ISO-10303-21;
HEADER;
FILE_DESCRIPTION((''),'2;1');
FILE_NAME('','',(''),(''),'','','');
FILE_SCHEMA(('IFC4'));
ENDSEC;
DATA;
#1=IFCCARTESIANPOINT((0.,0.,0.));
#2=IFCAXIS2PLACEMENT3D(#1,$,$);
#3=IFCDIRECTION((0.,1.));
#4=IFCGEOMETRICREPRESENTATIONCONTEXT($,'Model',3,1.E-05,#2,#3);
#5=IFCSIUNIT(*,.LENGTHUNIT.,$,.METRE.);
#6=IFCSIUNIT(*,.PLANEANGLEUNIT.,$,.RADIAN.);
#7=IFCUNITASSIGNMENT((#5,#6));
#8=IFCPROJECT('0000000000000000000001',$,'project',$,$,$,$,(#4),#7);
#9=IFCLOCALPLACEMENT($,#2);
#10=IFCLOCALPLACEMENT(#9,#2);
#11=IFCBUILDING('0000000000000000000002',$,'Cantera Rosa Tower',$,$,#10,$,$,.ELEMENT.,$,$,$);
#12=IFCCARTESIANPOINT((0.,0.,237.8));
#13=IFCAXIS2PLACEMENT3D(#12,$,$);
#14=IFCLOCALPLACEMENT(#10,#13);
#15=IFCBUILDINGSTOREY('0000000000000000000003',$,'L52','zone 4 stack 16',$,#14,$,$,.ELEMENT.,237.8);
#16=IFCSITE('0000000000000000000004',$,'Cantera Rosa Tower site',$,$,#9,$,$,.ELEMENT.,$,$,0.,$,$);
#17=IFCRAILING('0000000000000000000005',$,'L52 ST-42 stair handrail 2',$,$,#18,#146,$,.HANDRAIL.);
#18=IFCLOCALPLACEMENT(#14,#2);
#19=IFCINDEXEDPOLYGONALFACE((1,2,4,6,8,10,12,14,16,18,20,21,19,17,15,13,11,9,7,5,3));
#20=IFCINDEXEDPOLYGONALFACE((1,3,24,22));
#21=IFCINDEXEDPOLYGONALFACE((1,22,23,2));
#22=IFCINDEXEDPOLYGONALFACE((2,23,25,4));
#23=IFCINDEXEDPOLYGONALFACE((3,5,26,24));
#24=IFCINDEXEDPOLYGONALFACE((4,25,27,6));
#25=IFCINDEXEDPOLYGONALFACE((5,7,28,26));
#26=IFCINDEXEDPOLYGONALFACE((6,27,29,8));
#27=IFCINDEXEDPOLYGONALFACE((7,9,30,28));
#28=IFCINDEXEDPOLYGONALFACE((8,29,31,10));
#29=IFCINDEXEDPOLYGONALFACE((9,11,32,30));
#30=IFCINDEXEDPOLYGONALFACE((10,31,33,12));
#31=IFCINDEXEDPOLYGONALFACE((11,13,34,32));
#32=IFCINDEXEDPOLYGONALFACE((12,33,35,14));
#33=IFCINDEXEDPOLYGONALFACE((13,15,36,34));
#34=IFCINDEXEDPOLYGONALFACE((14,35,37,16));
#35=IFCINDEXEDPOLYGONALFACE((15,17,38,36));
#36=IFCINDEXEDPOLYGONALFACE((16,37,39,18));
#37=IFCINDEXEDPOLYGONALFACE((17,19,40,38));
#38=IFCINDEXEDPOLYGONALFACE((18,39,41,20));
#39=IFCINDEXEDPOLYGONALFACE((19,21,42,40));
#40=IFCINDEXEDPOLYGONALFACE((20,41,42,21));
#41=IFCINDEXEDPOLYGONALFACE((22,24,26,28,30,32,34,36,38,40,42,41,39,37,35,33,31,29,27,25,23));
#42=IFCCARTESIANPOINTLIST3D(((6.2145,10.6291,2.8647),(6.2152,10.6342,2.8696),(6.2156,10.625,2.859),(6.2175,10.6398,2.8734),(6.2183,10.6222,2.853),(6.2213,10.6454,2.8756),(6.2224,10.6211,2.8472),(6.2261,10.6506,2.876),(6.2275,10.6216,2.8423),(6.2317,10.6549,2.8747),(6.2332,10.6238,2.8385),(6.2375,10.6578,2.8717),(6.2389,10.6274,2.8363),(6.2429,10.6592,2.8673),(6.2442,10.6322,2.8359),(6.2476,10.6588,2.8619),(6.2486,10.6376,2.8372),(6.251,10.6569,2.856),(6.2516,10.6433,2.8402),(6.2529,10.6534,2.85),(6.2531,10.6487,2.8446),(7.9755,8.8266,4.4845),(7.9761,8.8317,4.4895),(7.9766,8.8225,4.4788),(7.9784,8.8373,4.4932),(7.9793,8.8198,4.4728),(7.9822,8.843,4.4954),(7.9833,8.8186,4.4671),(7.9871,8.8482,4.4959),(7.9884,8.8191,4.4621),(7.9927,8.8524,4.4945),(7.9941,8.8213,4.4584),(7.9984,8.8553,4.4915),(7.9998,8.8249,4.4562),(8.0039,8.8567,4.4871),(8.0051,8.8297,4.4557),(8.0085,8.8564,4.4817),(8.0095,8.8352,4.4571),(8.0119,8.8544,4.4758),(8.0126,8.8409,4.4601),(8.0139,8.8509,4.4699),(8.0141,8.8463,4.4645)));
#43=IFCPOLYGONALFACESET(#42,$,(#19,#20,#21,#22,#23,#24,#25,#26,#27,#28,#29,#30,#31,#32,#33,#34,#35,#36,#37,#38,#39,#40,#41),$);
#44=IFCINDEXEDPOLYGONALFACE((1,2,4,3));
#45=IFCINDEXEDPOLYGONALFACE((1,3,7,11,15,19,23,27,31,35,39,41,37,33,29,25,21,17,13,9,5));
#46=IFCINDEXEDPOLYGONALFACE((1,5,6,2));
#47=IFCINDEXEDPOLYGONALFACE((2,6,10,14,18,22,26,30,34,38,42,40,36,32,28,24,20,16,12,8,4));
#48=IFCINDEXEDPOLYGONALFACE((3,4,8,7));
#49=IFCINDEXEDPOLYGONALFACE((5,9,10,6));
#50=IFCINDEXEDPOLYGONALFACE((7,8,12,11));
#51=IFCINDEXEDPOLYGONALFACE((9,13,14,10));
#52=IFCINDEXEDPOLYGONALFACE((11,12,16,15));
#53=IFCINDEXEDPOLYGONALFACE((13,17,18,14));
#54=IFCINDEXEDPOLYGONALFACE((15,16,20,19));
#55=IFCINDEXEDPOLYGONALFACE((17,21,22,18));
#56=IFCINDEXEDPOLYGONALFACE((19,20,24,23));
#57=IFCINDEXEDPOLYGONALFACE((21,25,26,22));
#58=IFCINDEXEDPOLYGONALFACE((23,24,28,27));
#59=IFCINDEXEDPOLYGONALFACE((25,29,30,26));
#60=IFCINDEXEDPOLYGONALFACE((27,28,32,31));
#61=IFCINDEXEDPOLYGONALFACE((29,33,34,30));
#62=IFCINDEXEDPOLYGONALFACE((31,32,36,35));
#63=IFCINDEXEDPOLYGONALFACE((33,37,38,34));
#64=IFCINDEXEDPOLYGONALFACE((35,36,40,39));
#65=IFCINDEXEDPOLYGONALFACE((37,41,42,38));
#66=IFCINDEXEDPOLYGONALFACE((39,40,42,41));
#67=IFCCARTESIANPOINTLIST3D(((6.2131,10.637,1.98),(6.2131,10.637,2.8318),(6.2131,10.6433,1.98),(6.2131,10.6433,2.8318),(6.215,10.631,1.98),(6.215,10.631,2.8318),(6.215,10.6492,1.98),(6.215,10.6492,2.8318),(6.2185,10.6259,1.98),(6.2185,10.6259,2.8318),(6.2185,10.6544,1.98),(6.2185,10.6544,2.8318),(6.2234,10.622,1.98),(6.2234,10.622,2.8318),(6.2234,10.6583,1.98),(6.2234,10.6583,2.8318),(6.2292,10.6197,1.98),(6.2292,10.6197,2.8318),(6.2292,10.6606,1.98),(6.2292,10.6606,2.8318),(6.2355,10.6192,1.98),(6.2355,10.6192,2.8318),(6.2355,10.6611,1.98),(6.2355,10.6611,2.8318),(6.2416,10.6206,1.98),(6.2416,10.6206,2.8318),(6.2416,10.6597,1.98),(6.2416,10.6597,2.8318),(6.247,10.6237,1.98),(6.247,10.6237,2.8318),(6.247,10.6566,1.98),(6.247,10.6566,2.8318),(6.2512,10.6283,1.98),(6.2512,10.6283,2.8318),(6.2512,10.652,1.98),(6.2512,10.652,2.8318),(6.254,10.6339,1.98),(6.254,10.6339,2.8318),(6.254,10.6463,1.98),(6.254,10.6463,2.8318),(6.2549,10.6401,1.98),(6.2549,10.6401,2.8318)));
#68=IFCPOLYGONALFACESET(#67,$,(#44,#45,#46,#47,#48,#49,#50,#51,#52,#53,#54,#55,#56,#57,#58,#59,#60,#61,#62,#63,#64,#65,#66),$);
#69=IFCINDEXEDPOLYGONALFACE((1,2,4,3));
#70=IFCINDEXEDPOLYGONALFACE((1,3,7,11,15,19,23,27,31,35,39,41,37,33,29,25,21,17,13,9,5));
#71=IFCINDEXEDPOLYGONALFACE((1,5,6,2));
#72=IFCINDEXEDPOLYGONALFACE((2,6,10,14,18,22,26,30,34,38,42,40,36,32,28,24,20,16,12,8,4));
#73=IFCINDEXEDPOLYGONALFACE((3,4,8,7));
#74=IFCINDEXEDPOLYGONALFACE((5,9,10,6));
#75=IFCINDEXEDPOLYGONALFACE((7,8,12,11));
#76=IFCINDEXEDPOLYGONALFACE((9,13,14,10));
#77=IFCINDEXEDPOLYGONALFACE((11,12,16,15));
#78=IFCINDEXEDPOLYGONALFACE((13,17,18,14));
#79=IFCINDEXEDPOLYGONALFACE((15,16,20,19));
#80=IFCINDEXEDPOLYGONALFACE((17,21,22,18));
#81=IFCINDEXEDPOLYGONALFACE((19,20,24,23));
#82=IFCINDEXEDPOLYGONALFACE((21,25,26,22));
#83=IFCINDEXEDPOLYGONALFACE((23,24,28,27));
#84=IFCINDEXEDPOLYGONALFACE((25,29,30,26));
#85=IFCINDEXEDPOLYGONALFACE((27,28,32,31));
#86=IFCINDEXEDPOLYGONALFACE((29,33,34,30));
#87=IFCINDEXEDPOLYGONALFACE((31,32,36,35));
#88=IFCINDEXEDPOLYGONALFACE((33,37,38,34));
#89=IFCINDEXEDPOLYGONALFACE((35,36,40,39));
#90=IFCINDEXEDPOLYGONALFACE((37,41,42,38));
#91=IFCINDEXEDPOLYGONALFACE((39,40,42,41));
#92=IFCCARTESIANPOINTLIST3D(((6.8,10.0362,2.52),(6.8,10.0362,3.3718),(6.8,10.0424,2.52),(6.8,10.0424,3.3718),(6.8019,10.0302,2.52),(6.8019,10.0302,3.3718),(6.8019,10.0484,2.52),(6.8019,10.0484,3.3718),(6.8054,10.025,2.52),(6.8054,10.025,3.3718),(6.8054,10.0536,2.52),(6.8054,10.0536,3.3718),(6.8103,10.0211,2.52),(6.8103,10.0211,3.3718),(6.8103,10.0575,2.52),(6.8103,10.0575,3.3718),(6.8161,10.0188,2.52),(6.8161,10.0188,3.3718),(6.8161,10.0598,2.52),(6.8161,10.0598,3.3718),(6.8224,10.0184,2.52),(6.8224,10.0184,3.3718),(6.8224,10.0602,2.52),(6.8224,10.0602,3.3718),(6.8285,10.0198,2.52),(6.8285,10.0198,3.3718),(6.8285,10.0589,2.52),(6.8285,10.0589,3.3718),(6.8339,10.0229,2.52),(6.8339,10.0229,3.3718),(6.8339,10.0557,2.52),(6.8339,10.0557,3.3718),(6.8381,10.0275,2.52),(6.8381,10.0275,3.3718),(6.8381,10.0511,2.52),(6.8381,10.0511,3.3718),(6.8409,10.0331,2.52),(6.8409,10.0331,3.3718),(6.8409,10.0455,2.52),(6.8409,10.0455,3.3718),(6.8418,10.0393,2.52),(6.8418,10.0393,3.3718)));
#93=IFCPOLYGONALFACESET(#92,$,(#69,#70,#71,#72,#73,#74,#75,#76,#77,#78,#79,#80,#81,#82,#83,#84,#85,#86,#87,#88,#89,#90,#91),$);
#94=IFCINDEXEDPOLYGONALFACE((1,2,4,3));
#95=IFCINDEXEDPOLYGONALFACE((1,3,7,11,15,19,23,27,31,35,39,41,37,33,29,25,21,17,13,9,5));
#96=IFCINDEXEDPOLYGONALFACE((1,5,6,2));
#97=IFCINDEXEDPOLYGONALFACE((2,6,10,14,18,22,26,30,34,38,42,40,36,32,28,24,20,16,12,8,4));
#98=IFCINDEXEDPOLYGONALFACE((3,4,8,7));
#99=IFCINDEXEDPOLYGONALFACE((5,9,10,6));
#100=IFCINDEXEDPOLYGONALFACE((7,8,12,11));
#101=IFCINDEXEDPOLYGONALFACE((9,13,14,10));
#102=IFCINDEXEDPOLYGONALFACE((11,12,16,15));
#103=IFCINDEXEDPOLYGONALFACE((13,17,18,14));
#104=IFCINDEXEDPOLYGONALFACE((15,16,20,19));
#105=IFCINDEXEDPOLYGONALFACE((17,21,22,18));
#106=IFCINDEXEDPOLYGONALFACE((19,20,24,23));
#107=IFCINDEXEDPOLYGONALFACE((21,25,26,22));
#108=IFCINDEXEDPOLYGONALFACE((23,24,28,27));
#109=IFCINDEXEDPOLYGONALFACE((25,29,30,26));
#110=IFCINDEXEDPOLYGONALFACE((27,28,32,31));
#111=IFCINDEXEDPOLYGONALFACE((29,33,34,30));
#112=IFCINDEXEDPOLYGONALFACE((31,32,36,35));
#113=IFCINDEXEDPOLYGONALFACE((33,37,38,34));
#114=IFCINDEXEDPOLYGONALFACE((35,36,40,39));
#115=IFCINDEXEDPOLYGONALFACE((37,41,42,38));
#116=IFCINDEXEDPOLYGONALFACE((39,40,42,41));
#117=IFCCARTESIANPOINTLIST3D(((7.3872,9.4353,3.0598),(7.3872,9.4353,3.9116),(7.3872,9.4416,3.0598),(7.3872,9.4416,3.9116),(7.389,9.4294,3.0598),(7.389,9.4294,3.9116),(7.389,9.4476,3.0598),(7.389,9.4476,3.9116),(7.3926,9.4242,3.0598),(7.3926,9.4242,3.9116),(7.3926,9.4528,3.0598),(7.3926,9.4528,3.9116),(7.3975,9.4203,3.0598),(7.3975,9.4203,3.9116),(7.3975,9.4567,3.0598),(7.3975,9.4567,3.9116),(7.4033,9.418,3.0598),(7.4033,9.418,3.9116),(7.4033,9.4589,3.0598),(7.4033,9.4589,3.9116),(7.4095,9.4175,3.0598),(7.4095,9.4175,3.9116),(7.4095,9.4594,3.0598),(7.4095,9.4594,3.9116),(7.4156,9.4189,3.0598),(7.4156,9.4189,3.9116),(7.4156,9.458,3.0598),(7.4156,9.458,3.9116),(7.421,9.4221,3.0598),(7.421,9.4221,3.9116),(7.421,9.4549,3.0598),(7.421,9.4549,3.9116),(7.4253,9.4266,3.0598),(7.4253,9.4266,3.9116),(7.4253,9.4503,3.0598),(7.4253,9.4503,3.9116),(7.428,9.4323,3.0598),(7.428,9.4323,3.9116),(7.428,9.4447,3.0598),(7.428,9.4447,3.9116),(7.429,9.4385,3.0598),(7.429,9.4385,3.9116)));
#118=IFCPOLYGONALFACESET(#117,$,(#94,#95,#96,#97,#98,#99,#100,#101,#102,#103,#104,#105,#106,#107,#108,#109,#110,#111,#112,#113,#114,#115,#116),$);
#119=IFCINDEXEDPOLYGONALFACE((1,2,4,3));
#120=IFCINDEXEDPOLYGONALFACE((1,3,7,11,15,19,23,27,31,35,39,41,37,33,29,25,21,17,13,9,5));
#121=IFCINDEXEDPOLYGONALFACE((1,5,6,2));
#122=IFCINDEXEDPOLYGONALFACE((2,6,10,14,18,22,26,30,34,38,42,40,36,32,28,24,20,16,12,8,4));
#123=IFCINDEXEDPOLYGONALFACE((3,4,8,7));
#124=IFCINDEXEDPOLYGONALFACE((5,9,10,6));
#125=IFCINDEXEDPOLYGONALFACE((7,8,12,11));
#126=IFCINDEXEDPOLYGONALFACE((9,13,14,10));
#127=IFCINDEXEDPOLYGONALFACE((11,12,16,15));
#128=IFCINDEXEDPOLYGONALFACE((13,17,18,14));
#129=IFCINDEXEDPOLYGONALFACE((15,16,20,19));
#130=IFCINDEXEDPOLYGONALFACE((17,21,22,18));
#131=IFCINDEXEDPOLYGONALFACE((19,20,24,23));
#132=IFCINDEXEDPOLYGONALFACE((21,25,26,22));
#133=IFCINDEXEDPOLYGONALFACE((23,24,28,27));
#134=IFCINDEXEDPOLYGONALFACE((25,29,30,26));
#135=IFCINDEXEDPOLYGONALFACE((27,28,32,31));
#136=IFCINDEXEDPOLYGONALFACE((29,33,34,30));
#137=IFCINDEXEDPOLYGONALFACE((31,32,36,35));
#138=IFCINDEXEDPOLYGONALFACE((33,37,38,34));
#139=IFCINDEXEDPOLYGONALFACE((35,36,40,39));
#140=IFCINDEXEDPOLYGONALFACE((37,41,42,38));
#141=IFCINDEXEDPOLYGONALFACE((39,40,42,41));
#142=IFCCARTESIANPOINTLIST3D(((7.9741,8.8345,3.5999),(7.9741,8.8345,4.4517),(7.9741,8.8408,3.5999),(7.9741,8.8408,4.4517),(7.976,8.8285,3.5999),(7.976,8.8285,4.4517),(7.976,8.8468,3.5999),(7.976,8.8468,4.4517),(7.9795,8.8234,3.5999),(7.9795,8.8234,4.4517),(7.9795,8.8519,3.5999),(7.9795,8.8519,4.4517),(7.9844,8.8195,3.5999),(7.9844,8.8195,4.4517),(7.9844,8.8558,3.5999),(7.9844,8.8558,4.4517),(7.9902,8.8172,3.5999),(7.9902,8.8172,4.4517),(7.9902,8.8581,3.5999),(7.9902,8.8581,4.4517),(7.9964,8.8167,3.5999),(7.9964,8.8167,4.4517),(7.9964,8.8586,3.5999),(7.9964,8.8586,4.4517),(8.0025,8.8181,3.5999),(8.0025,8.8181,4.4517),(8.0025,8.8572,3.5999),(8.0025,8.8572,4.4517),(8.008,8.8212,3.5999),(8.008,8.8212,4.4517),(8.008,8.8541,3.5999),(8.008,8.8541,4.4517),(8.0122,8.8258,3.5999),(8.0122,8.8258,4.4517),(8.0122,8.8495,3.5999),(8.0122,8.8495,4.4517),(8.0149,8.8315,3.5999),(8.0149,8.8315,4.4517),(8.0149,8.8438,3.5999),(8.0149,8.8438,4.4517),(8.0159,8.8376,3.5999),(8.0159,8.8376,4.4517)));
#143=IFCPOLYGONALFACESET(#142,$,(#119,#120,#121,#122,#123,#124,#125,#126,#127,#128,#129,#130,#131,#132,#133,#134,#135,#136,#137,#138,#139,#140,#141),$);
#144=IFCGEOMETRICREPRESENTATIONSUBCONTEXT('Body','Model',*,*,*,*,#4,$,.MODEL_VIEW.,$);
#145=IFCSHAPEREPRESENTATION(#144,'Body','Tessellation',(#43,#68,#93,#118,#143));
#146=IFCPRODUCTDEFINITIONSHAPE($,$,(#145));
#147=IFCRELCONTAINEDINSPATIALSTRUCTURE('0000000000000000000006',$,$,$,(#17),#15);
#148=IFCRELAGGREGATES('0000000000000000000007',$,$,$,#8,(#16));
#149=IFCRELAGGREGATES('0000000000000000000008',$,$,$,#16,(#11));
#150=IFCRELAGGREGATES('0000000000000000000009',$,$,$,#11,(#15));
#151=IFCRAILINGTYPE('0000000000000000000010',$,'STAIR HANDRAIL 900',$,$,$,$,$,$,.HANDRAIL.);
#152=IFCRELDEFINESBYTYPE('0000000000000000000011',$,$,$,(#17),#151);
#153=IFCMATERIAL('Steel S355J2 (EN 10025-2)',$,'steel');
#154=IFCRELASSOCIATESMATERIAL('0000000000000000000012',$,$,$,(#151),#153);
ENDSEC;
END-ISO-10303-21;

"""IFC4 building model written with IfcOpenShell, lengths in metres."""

from ifc_helpers import new_model, si_unit, direction, frame, origin, origin_2d, place, context, subcontext, project, spatial, circle, extrude, material, type_object, element, save


model = new_model("IFC4")

# Units and contexts
model_context = context("Model", 3, precision=1e-05, world=origin(), true_north=direction((0.0, 1.0)))
body_context = subcontext(model_context, "Body", "Model", "MODEL_VIEW")
ifc_project = project(units=[si_unit("LENGTHUNIT", "METRE"), si_unit("PLANEANGLEUNIT", "RADIAN")], contexts=[model_context])

# Site, building, storey
site_placement = place(None, origin())
site = spatial("IfcSite", under=ifc_project, at=site_placement, Name="Cantera Rosa Tower site", CompositionType="ELEMENT", RefElevation=0.0)
building_placement = place(site_placement, origin())
building = spatial("IfcBuilding", under=site, at=building_placement, Name="Cantera Rosa Tower", CompositionType="ELEMENT")
storey_placement = place(building_placement, frame((0.0, 0.0, 237.8)))
storey = spatial("IfcBuildingStorey", under=building, at=storey_placement, Name="L52", Description="zone 4 stack 16", CompositionType="ELEMENT", Elevation=237.8)

# Railing
ifc_material_1 = material(Name="Steel S355J2 (EN 10025-2)", Category="steel")
railing_type_1 = type_object("IfcRailingType", Name="STAIR HANDRAIL 900", PredefinedType="HANDRAIL", material=ifc_material_1)
railing_1_placement = place(storey_placement, frame((6.2339, 10.6401, 1.98)))
element("IfcRailing", 1, at=railing_1_placement, inside=storey, type_object=railing_type_1, Name="L52 ST-42 stair handrail 2", PredefinedType="HANDRAIL", context=body_context, shape_type="SweptSolid", body=[
    extrude(circle(Radius=0.0239, at=origin_2d()), frame((0.0, 0.0, 0.876), z_axis=(0.587844, -0.601699, 0.540738), x_axis=(0.715294, 0.698824, 0.0)), (0.0, 0.0, 1.0), 2.9956),
    extrude(circle(Radius=0.021, at=origin_2d()), origin(), (0.0, 0.0, 1.0), 0.8518),
    extrude(circle(Radius=0.021, at=origin_2d()), frame((0.5869, -0.6008, 0.54)), (0.0, 0.0, 1.0), 0.8518),
    extrude(circle(Radius=0.021, at=origin_2d()), frame((1.1741, -1.2017, 1.0798)), (0.0, 0.0, 1.0), 0.8518),
    extrude(circle(Radius=0.021, at=origin_2d()), frame((1.761, -1.8025, 1.6199)), (0.0, 0.0, 1.0), 0.8518),
])

save(model, "model.ifc")
